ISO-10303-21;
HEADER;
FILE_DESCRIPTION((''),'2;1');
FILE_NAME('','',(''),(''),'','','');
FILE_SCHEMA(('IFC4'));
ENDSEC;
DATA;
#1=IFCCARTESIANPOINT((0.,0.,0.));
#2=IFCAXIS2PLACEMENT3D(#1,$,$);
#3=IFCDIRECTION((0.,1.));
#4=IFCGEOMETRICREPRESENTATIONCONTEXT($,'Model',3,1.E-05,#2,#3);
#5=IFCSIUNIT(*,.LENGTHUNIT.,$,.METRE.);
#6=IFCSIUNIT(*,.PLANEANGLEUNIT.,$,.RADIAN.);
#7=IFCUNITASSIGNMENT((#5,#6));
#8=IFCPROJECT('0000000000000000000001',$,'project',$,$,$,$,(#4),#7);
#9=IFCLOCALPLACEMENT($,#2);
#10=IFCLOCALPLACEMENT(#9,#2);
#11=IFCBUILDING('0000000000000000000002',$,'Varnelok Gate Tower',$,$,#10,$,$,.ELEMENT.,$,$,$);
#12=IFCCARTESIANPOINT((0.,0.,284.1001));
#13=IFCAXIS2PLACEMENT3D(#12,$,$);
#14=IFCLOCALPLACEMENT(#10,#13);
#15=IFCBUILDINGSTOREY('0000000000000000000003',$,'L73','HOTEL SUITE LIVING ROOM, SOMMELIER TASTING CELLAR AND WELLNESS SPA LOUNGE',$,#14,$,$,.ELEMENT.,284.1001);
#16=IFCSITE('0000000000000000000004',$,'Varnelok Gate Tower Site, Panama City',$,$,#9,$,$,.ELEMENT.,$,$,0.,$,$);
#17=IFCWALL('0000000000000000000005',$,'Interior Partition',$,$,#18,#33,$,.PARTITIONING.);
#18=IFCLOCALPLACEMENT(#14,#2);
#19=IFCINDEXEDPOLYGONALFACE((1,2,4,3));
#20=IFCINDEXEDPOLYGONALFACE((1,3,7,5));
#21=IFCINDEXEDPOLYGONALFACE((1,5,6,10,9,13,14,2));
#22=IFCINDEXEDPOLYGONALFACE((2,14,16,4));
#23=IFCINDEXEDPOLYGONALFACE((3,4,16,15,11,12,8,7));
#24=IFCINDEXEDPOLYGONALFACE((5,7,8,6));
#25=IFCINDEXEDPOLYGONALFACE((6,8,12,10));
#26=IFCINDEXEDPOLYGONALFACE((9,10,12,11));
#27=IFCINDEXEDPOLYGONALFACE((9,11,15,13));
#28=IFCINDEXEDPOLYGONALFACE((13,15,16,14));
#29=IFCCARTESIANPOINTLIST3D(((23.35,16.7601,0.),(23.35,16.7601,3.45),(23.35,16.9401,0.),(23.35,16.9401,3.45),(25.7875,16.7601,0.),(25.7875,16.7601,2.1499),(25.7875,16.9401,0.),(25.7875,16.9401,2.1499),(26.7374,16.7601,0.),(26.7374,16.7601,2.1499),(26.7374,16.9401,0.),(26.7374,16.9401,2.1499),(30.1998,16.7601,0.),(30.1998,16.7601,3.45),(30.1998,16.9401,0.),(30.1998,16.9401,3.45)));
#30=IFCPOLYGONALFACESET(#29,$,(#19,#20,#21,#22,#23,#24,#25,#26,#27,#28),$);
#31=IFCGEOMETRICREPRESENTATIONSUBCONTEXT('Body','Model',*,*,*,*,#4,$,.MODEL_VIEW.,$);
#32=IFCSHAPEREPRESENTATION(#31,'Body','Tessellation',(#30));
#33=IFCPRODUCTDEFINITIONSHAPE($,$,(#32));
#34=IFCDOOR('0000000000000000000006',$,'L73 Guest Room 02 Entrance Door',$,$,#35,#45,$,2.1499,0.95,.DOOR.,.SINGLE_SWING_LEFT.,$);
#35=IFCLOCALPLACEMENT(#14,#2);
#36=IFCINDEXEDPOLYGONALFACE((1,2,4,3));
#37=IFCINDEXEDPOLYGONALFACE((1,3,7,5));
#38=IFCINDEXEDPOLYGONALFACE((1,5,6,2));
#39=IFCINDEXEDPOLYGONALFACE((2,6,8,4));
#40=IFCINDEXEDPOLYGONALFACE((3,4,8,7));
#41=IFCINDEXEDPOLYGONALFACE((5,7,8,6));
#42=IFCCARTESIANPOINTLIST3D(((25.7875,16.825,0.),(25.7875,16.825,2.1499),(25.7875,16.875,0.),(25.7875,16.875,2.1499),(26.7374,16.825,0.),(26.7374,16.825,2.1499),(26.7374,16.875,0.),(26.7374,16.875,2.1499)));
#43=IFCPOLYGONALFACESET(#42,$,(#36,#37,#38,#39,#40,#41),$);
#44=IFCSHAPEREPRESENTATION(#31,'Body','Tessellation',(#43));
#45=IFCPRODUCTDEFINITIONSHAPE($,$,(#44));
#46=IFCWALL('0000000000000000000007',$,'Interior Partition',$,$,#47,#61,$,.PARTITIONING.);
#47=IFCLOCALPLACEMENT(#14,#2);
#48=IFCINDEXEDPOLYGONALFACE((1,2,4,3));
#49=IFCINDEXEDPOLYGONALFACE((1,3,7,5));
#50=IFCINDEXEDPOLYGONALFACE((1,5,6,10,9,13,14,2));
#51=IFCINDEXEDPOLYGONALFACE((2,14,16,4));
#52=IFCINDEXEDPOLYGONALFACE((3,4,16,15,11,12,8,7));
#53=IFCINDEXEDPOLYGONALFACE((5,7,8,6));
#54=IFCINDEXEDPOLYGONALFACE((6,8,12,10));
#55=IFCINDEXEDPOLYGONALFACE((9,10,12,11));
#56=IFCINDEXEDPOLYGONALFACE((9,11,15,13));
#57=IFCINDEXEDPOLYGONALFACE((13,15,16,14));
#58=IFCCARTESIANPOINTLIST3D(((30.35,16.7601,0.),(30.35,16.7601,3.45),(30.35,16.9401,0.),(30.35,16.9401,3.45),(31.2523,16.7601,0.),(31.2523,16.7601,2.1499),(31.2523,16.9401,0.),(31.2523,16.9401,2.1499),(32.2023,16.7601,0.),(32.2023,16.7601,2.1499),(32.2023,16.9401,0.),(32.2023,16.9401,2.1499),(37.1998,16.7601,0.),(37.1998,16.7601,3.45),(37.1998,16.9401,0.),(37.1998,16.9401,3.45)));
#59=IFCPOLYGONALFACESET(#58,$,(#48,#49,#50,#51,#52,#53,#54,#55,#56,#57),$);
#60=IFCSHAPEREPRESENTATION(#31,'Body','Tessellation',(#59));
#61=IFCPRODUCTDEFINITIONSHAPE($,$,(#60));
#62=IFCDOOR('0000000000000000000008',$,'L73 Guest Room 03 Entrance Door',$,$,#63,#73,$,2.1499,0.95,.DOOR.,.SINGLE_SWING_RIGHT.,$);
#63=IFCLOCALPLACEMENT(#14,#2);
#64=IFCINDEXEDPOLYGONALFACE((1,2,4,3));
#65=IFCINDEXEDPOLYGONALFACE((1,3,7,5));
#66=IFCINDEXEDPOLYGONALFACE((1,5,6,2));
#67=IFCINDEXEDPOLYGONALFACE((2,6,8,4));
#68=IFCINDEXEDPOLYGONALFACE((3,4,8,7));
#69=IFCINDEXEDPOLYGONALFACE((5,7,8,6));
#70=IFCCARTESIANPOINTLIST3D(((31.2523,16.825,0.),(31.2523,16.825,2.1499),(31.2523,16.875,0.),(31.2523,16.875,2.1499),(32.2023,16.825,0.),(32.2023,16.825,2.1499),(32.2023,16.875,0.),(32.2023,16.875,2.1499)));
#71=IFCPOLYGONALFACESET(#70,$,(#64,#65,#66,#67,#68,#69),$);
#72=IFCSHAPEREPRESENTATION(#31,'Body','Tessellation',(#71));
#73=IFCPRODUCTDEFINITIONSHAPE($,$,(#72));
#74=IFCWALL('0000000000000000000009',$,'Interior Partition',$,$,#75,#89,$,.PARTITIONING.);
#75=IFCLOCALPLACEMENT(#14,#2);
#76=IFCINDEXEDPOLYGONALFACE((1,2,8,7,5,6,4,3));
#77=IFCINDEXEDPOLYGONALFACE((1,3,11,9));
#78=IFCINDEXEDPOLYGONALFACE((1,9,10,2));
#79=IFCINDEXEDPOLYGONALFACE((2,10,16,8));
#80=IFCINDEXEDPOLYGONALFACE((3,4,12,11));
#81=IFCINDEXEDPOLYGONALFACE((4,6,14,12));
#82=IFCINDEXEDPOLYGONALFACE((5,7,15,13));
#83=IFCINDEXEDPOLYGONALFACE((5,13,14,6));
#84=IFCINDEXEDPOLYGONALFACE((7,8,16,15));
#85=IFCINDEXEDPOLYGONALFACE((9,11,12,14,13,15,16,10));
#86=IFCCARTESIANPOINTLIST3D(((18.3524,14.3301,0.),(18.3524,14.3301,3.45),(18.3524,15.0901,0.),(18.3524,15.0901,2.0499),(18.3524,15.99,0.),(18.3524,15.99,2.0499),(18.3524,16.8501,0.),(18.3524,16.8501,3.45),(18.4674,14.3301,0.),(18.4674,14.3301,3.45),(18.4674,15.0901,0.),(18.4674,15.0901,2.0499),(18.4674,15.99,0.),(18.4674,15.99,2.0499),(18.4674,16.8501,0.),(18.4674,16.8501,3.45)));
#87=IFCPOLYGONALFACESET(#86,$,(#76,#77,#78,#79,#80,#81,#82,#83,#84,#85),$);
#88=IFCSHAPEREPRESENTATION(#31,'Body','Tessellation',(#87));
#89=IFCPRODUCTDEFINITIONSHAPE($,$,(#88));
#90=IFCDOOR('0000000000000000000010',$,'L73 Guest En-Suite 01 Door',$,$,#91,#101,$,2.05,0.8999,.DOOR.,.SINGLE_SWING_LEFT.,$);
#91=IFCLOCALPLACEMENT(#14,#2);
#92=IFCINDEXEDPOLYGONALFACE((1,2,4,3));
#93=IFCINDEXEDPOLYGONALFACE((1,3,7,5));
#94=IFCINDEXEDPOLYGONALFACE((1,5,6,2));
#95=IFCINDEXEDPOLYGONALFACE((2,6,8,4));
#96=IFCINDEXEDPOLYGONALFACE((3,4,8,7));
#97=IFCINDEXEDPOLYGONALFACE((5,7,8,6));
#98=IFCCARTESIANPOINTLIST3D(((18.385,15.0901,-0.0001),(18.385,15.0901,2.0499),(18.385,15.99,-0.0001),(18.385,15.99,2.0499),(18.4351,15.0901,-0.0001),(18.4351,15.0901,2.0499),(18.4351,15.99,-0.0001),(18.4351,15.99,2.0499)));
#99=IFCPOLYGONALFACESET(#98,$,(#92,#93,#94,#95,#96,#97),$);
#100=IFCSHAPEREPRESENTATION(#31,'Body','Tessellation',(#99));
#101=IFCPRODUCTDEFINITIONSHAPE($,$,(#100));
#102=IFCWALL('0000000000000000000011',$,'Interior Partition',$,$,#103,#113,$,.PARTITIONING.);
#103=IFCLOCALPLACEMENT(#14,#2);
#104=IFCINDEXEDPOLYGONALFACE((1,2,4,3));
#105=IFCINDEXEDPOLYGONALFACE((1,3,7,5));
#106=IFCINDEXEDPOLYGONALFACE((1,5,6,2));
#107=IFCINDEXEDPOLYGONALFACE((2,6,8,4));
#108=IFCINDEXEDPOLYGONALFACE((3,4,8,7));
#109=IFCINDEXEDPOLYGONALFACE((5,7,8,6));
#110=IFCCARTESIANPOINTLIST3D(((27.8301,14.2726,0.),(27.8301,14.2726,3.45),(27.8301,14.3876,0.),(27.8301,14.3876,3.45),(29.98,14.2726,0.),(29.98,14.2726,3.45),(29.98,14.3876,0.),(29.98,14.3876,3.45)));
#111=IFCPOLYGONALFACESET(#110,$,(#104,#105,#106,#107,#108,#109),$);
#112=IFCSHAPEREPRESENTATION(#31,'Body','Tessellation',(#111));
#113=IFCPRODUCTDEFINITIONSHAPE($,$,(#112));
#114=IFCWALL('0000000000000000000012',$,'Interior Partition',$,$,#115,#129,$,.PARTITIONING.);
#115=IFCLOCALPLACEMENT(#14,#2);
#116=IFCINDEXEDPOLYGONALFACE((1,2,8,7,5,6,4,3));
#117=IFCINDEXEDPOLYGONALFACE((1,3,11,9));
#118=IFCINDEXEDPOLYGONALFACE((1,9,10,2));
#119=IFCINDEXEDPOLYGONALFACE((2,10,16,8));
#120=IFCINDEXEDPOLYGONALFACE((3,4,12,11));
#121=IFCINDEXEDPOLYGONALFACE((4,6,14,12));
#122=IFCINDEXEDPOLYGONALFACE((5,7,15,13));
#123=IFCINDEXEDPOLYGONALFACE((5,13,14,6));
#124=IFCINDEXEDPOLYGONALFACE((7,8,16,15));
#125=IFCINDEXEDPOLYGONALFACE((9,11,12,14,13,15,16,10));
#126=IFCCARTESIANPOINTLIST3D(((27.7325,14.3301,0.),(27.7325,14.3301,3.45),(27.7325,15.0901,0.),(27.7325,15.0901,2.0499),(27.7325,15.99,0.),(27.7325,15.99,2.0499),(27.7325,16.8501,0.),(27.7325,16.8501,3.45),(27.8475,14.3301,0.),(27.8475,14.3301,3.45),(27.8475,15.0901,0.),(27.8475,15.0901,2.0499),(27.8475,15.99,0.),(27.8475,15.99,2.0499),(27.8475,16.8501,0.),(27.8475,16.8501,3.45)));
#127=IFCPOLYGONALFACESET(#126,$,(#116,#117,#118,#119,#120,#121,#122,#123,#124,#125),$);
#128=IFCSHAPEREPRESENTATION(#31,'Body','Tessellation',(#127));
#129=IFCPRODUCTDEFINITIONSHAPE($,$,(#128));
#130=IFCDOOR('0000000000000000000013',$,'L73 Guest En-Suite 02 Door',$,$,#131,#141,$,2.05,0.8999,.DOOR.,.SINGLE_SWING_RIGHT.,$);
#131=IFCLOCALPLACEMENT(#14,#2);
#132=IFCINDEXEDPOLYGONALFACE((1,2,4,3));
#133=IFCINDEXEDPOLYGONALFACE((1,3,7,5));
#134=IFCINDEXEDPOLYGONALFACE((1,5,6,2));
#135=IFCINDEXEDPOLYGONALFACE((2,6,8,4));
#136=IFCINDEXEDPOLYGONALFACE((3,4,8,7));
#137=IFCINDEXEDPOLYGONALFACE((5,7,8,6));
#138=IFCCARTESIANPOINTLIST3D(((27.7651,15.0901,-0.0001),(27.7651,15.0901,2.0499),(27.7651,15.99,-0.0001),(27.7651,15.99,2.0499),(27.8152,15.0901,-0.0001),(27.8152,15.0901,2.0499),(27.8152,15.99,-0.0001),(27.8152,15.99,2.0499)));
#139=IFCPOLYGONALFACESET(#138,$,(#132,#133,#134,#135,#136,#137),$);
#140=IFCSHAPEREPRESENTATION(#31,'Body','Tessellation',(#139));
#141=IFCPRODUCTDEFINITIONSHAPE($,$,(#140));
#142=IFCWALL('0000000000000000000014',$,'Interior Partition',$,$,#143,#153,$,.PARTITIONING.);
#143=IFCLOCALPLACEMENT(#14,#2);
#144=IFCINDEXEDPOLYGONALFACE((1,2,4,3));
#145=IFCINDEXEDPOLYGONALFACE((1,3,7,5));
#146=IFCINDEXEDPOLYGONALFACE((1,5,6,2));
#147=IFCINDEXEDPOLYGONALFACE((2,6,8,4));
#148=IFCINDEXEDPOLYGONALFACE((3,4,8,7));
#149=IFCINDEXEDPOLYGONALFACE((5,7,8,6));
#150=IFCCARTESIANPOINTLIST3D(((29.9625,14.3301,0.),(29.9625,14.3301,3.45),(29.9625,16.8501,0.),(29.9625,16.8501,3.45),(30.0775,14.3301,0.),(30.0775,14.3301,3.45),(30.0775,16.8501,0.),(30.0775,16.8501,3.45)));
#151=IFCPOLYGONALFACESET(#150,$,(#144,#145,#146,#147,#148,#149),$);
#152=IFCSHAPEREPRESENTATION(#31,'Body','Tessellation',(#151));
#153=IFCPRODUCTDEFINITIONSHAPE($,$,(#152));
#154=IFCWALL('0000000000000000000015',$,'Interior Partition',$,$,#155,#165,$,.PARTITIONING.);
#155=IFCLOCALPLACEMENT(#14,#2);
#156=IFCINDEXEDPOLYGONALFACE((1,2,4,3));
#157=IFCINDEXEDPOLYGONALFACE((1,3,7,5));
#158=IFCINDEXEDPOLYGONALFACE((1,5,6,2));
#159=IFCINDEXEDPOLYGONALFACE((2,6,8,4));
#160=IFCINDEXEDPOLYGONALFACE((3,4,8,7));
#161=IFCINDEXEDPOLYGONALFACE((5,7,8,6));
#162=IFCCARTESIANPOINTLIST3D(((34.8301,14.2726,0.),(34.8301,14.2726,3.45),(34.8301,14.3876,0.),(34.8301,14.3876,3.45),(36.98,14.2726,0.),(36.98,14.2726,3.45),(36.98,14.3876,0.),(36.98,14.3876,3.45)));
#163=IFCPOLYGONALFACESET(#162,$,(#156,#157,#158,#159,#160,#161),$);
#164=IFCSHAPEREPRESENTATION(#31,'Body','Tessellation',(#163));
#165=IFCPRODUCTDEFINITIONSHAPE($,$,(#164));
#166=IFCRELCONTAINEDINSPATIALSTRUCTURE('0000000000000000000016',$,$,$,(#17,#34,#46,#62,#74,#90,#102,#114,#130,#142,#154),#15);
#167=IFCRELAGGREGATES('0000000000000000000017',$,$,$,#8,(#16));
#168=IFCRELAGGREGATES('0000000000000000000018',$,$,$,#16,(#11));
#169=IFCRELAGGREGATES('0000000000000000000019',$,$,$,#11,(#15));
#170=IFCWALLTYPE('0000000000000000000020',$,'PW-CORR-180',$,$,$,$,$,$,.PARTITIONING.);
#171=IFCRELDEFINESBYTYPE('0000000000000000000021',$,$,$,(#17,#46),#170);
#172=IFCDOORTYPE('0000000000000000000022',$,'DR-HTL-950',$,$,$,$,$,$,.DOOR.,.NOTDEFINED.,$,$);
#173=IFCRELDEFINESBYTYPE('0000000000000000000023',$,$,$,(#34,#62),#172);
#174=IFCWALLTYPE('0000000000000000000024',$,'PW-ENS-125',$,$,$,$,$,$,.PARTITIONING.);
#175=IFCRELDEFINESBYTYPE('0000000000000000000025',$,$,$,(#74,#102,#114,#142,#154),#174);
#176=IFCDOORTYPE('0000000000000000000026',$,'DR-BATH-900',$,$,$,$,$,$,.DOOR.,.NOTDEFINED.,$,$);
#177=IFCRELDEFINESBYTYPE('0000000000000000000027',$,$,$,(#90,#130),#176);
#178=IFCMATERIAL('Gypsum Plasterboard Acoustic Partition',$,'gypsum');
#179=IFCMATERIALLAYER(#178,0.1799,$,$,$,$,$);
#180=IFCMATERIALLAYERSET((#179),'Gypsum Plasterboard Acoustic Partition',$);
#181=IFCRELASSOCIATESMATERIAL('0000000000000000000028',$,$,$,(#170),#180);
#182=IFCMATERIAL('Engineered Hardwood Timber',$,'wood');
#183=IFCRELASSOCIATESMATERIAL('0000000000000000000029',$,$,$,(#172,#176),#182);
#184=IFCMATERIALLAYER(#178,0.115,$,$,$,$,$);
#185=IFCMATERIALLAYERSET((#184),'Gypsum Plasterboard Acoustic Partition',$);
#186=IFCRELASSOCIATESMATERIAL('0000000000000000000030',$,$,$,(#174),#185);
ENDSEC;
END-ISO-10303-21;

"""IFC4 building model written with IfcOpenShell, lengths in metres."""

from ifc_helpers import new_model, si_unit, direction, frame, frame_2d, origin, place, context, subcontext, project, spatial, rectangle, extrude, material, layer, layer_set, type_object, element, fill, save


model = new_model("IFC4")

# Units and contexts
model_context = context("Model", 3, precision=1e-05, world=origin(), true_north=direction((0.0, 1.0)))
body_context = subcontext(model_context, "Body", "Model", "MODEL_VIEW")
ifc_project = project(units=[si_unit("LENGTHUNIT", "METRE"), si_unit("PLANEANGLEUNIT", "RADIAN")], contexts=[model_context])

# Site, building, storey
site_placement = place(None, origin())
site = spatial("IfcSite", under=ifc_project, at=site_placement, Name="Varnelok Gate Tower Site, Panama City", CompositionType="ELEMENT", RefElevation=0.0)
building_placement = place(site_placement, origin())
building = spatial("IfcBuilding", under=site, at=building_placement, Name="Varnelok Gate Tower", CompositionType="ELEMENT")
storey_placement = place(building_placement, frame((0.0, 0.0, 284.1001)))
storey = spatial("IfcBuildingStorey", under=building, at=storey_placement, Name="L73", Description="HOTEL SUITE LIVING ROOM, SOMMELIER TASTING CELLAR AND WELLNESS SPA LOUNGE", CompositionType="ELEMENT", Elevation=284.1001)

# Walls, openings, doors
ifc_material_1 = material(Name="Gypsum Plasterboard Acoustic Partition", Category="gypsum")
ifc_layer_1 = layer(ifc_material_1, 0.1799)
ifc_layer_set_1 = layer_set([ifc_layer_1], Name="Gypsum Plasterboard Acoustic Partition")
wall_type_1 = type_object("IfcWallType", Name="PW-CORR-180", PredefinedType="PARTITIONING", material=ifc_layer_set_1)
wall_1_placement = place(storey_placement, frame((23.3501, 16.8501, 0.0), z_axis=(0.0, 0.0, 1.0), x_axis=(1.0, 0.0, 0.0)))
wall_1 = element("IfcWall", 1, at=wall_1_placement, inside=storey, type_object=wall_type_1, Name="Interior Partition", PredefinedType="PARTITIONING", context=body_context, shape_type="SweptSolid", body=[
    extrude(rectangle(XDim=6.8499, YDim=0.1799, at=frame_2d((3.4248, 0.0))), origin(), (0.0, 0.0, 1.0), 3.45),
])
opening_1_placement = place(wall_1_placement, frame((2.4373, 0.0, 0.0)))
opening_1 = element("IfcOpeningElement", 2, at=opening_1_placement, cuts=wall_1, PredefinedType="OPENING", context=body_context, shape_type="SweptSolid", body=[
    extrude(rectangle(XDim=0.95, YDim=2.1499, at=frame_2d((0.4751, 1.075))), frame((0.0, 0.0999, 0.0), z_axis=(0.0, -1.0, 0.0), x_axis=(1.0, 0.0, 0.0)), (0.0, 0.0, 1.0), 0.2),
])
ifc_material_2 = material(Name="Engineered Hardwood Timber", Category="wood")
door_type_1 = type_object("IfcDoorType", Name="DR-HTL-950", OperationType="NOTDEFINED", PredefinedType="DOOR", material=ifc_material_2)
door_1_placement = place(opening_1_placement, origin())
door_1 = element("IfcDoor", 3, at=door_1_placement, inside=storey, type_object=door_type_1, Name="L73 Guest Room 02 Entrance Door", OperationType="SINGLE_SWING_LEFT", OverallHeight=2.1499, OverallWidth=0.95, PredefinedType="DOOR", context=body_context, shape_type="SweptSolid", body=[
    extrude(rectangle(XDim=0.95, YDim=2.1499, at=frame_2d((0.4751, 1.075))), frame((0.0, 0.0249, 0.0), z_axis=(0.0, -1.0, 0.0), x_axis=(1.0, 0.0, 0.0)), (0.0, 0.0, 1.0), 0.05),
])
fill(opening_1, door_1)
wall_2_placement = place(storey_placement, frame((30.3501, 16.8501, 0.0), z_axis=(0.0, 0.0, 1.0), x_axis=(1.0, 0.0, 0.0)))
wall_2 = element("IfcWall", 4, at=wall_2_placement, inside=storey, type_object=wall_type_1, Name="Interior Partition", PredefinedType="PARTITIONING", context=body_context, shape_type="SweptSolid", body=[
    extrude(rectangle(XDim=6.8499, YDim=0.1799, at=frame_2d((3.4248, 0.0))), origin(), (0.0, 0.0, 1.0), 3.45),
])
opening_2_placement = place(wall_2_placement, frame((0.9021, 0.0, 0.0)))
opening_2 = element("IfcOpeningElement", 5, at=opening_2_placement, cuts=wall_2, PredefinedType="OPENING", context=body_context, shape_type="SweptSolid", body=[
    extrude(rectangle(XDim=0.95, YDim=2.1499, at=frame_2d((0.4751, 1.075))), frame((0.0, 0.0999, 0.0), z_axis=(0.0, -1.0, 0.0), x_axis=(1.0, 0.0, 0.0)), (0.0, 0.0, 1.0), 0.2),
])
door_2_placement = place(opening_2_placement, origin())
door_2 = element("IfcDoor", 6, at=door_2_placement, inside=storey, type_object=door_type_1, Name="L73 Guest Room 03 Entrance Door", OperationType="SINGLE_SWING_RIGHT", OverallHeight=2.1499, OverallWidth=0.95, PredefinedType="DOOR", context=body_context, shape_type="SweptSolid", body=[
    extrude(rectangle(XDim=0.95, YDim=2.1499, at=frame_2d((0.4751, 1.075))), frame((0.0, 0.0249, 0.0), z_axis=(0.0, -1.0, 0.0), x_axis=(1.0, 0.0, 0.0)), (0.0, 0.0, 1.0), 0.05),
])
fill(opening_2, door_2)
ifc_layer_2 = layer(ifc_material_1, 0.115)
ifc_layer_set_2 = layer_set([ifc_layer_2], Name="Gypsum Plasterboard Acoustic Partition")
wall_type_2 = type_object("IfcWallType", Name="PW-ENS-125", PredefinedType="PARTITIONING", material=ifc_layer_set_2)
wall_3_placement = place(storey_placement, frame((18.4099, 14.3301, 0.0), z_axis=(0.0, 0.0, 1.0), x_axis=(0.0, 1.0, 0.0)))
wall_3 = element("IfcWall", 7, at=wall_3_placement, inside=storey, type_object=wall_type_2, Name="Interior Partition", PredefinedType="PARTITIONING", context=body_context, shape_type="SweptSolid", body=[
    extrude(rectangle(XDim=2.52, YDim=0.115, at=frame_2d((1.26, 0.0))), origin(), (0.0, 0.0, 1.0), 3.45),
])
opening_3_placement = place(wall_3_placement, frame((0.76, 0.0, 0.0)))
opening_3 = element("IfcOpeningElement", 8, at=opening_3_placement, cuts=wall_3, PredefinedType="OPENING", context=body_context, shape_type="SweptSolid", body=[
    extrude(rectangle(XDim=0.8999, YDim=2.05, at=frame_2d((0.45, 1.0249))), frame((0.0, 0.0674, 0.0), z_axis=(0.0, -1.0, 0.0), x_axis=(1.0, 0.0, 0.0)), (0.0, 0.0, 1.0), 0.135),
])
door_type_2 = type_object("IfcDoorType", Name="DR-BATH-900", OperationType="NOTDEFINED", PredefinedType="DOOR", material=ifc_material_2)
door_3_placement = place(opening_3_placement, origin())
door_3 = element("IfcDoor", 9, at=door_3_placement, inside=storey, type_object=door_type_2, Name="L73 Guest En-Suite 01 Door", OperationType="SINGLE_SWING_LEFT", OverallHeight=2.05, OverallWidth=0.8999, PredefinedType="DOOR", context=body_context, shape_type="SweptSolid", body=[
    extrude(rectangle(XDim=0.8999, YDim=2.05, at=frame_2d((0.45, 1.0249))), frame((0.0, 0.0249, 0.0), z_axis=(0.0, -1.0, 0.0), x_axis=(1.0, 0.0, 0.0)), (0.0, 0.0, 1.0), 0.05),
])
fill(opening_3, door_3)

# Wall
wall_4_placement = place(storey_placement, frame((27.8301, 14.3301, 0.0), z_axis=(0.0, 0.0, 1.0), x_axis=(1.0, 0.0, 0.0)))
element("IfcWall", 10, at=wall_4_placement, inside=storey, type_object=wall_type_2, Name="Interior Partition", PredefinedType="PARTITIONING", context=body_context, shape_type="SweptSolid", body=[
    extrude(rectangle(XDim=2.1499, YDim=0.115, at=frame_2d((1.075, 0.0))), origin(), (0.0, 0.0, 1.0), 3.45),
])

# Wall, opening, door
wall_5_placement = place(storey_placement, frame((27.79, 14.3301, 0.0), z_axis=(0.0, 0.0, 1.0), x_axis=(0.0, 1.0, 0.0)))
wall_5 = element("IfcWall", 11, at=wall_5_placement, inside=storey, type_object=wall_type_2, Name="Interior Partition", PredefinedType="PARTITIONING", context=body_context, shape_type="SweptSolid", body=[
    extrude(rectangle(XDim=2.52, YDim=0.115, at=frame_2d((1.26, 0.0))), origin(), (0.0, 0.0, 1.0), 3.45),
])
opening_4_placement = place(wall_5_placement, frame((0.76, 0.0, 0.0)))
opening_4 = element("IfcOpeningElement", 12, at=opening_4_placement, cuts=wall_5, PredefinedType="OPENING", context=body_context, shape_type="SweptSolid", body=[
    extrude(rectangle(XDim=0.8999, YDim=2.05, at=frame_2d((0.45, 1.0249))), frame((0.0, 0.0674, 0.0), z_axis=(0.0, -1.0, 0.0), x_axis=(1.0, 0.0, 0.0)), (0.0, 0.0, 1.0), 0.135),
])
door_4_placement = place(opening_4_placement, origin())
door_4 = element("IfcDoor", 13, at=door_4_placement, inside=storey, type_object=door_type_2, Name="L73 Guest En-Suite 02 Door", OperationType="SINGLE_SWING_RIGHT", OverallHeight=2.05, OverallWidth=0.8999, PredefinedType="DOOR", context=body_context, shape_type="SweptSolid", body=[
    extrude(rectangle(XDim=0.8999, YDim=2.05, at=frame_2d((0.45, 1.0249))), frame((0.0, 0.0249, 0.0), z_axis=(0.0, -1.0, 0.0), x_axis=(1.0, 0.0, 0.0)), (0.0, 0.0, 1.0), 0.05),
])
fill(opening_4, door_4)

# Walls
wall_6_placement = place(storey_placement, frame((30.02, 14.3301, 0.0), z_axis=(0.0, 0.0, 1.0), x_axis=(0.0, 1.0, 0.0)))
element("IfcWall", 14, at=wall_6_placement, inside=storey, type_object=wall_type_2, Name="Interior Partition", PredefinedType="PARTITIONING", context=body_context, shape_type="SweptSolid", body=[
    extrude(rectangle(XDim=2.52, YDim=0.115, at=frame_2d((1.26, 0.0))), origin(), (0.0, 0.0, 1.0), 3.45),
])
wall_7_placement = place(storey_placement, frame((34.8301, 14.3301, 0.0), z_axis=(0.0, 0.0, 1.0), x_axis=(1.0, 0.0, 0.0)))
element("IfcWall", 15, at=wall_7_placement, inside=storey, type_object=wall_type_2, Name="Interior Partition", PredefinedType="PARTITIONING", context=body_context, shape_type="SweptSolid", body=[
    extrude(rectangle(XDim=2.1499, YDim=0.115, at=frame_2d((1.075, 0.0))), origin(), (0.0, 0.0, 1.0), 3.45),
])

save(model, "model.ifc")
